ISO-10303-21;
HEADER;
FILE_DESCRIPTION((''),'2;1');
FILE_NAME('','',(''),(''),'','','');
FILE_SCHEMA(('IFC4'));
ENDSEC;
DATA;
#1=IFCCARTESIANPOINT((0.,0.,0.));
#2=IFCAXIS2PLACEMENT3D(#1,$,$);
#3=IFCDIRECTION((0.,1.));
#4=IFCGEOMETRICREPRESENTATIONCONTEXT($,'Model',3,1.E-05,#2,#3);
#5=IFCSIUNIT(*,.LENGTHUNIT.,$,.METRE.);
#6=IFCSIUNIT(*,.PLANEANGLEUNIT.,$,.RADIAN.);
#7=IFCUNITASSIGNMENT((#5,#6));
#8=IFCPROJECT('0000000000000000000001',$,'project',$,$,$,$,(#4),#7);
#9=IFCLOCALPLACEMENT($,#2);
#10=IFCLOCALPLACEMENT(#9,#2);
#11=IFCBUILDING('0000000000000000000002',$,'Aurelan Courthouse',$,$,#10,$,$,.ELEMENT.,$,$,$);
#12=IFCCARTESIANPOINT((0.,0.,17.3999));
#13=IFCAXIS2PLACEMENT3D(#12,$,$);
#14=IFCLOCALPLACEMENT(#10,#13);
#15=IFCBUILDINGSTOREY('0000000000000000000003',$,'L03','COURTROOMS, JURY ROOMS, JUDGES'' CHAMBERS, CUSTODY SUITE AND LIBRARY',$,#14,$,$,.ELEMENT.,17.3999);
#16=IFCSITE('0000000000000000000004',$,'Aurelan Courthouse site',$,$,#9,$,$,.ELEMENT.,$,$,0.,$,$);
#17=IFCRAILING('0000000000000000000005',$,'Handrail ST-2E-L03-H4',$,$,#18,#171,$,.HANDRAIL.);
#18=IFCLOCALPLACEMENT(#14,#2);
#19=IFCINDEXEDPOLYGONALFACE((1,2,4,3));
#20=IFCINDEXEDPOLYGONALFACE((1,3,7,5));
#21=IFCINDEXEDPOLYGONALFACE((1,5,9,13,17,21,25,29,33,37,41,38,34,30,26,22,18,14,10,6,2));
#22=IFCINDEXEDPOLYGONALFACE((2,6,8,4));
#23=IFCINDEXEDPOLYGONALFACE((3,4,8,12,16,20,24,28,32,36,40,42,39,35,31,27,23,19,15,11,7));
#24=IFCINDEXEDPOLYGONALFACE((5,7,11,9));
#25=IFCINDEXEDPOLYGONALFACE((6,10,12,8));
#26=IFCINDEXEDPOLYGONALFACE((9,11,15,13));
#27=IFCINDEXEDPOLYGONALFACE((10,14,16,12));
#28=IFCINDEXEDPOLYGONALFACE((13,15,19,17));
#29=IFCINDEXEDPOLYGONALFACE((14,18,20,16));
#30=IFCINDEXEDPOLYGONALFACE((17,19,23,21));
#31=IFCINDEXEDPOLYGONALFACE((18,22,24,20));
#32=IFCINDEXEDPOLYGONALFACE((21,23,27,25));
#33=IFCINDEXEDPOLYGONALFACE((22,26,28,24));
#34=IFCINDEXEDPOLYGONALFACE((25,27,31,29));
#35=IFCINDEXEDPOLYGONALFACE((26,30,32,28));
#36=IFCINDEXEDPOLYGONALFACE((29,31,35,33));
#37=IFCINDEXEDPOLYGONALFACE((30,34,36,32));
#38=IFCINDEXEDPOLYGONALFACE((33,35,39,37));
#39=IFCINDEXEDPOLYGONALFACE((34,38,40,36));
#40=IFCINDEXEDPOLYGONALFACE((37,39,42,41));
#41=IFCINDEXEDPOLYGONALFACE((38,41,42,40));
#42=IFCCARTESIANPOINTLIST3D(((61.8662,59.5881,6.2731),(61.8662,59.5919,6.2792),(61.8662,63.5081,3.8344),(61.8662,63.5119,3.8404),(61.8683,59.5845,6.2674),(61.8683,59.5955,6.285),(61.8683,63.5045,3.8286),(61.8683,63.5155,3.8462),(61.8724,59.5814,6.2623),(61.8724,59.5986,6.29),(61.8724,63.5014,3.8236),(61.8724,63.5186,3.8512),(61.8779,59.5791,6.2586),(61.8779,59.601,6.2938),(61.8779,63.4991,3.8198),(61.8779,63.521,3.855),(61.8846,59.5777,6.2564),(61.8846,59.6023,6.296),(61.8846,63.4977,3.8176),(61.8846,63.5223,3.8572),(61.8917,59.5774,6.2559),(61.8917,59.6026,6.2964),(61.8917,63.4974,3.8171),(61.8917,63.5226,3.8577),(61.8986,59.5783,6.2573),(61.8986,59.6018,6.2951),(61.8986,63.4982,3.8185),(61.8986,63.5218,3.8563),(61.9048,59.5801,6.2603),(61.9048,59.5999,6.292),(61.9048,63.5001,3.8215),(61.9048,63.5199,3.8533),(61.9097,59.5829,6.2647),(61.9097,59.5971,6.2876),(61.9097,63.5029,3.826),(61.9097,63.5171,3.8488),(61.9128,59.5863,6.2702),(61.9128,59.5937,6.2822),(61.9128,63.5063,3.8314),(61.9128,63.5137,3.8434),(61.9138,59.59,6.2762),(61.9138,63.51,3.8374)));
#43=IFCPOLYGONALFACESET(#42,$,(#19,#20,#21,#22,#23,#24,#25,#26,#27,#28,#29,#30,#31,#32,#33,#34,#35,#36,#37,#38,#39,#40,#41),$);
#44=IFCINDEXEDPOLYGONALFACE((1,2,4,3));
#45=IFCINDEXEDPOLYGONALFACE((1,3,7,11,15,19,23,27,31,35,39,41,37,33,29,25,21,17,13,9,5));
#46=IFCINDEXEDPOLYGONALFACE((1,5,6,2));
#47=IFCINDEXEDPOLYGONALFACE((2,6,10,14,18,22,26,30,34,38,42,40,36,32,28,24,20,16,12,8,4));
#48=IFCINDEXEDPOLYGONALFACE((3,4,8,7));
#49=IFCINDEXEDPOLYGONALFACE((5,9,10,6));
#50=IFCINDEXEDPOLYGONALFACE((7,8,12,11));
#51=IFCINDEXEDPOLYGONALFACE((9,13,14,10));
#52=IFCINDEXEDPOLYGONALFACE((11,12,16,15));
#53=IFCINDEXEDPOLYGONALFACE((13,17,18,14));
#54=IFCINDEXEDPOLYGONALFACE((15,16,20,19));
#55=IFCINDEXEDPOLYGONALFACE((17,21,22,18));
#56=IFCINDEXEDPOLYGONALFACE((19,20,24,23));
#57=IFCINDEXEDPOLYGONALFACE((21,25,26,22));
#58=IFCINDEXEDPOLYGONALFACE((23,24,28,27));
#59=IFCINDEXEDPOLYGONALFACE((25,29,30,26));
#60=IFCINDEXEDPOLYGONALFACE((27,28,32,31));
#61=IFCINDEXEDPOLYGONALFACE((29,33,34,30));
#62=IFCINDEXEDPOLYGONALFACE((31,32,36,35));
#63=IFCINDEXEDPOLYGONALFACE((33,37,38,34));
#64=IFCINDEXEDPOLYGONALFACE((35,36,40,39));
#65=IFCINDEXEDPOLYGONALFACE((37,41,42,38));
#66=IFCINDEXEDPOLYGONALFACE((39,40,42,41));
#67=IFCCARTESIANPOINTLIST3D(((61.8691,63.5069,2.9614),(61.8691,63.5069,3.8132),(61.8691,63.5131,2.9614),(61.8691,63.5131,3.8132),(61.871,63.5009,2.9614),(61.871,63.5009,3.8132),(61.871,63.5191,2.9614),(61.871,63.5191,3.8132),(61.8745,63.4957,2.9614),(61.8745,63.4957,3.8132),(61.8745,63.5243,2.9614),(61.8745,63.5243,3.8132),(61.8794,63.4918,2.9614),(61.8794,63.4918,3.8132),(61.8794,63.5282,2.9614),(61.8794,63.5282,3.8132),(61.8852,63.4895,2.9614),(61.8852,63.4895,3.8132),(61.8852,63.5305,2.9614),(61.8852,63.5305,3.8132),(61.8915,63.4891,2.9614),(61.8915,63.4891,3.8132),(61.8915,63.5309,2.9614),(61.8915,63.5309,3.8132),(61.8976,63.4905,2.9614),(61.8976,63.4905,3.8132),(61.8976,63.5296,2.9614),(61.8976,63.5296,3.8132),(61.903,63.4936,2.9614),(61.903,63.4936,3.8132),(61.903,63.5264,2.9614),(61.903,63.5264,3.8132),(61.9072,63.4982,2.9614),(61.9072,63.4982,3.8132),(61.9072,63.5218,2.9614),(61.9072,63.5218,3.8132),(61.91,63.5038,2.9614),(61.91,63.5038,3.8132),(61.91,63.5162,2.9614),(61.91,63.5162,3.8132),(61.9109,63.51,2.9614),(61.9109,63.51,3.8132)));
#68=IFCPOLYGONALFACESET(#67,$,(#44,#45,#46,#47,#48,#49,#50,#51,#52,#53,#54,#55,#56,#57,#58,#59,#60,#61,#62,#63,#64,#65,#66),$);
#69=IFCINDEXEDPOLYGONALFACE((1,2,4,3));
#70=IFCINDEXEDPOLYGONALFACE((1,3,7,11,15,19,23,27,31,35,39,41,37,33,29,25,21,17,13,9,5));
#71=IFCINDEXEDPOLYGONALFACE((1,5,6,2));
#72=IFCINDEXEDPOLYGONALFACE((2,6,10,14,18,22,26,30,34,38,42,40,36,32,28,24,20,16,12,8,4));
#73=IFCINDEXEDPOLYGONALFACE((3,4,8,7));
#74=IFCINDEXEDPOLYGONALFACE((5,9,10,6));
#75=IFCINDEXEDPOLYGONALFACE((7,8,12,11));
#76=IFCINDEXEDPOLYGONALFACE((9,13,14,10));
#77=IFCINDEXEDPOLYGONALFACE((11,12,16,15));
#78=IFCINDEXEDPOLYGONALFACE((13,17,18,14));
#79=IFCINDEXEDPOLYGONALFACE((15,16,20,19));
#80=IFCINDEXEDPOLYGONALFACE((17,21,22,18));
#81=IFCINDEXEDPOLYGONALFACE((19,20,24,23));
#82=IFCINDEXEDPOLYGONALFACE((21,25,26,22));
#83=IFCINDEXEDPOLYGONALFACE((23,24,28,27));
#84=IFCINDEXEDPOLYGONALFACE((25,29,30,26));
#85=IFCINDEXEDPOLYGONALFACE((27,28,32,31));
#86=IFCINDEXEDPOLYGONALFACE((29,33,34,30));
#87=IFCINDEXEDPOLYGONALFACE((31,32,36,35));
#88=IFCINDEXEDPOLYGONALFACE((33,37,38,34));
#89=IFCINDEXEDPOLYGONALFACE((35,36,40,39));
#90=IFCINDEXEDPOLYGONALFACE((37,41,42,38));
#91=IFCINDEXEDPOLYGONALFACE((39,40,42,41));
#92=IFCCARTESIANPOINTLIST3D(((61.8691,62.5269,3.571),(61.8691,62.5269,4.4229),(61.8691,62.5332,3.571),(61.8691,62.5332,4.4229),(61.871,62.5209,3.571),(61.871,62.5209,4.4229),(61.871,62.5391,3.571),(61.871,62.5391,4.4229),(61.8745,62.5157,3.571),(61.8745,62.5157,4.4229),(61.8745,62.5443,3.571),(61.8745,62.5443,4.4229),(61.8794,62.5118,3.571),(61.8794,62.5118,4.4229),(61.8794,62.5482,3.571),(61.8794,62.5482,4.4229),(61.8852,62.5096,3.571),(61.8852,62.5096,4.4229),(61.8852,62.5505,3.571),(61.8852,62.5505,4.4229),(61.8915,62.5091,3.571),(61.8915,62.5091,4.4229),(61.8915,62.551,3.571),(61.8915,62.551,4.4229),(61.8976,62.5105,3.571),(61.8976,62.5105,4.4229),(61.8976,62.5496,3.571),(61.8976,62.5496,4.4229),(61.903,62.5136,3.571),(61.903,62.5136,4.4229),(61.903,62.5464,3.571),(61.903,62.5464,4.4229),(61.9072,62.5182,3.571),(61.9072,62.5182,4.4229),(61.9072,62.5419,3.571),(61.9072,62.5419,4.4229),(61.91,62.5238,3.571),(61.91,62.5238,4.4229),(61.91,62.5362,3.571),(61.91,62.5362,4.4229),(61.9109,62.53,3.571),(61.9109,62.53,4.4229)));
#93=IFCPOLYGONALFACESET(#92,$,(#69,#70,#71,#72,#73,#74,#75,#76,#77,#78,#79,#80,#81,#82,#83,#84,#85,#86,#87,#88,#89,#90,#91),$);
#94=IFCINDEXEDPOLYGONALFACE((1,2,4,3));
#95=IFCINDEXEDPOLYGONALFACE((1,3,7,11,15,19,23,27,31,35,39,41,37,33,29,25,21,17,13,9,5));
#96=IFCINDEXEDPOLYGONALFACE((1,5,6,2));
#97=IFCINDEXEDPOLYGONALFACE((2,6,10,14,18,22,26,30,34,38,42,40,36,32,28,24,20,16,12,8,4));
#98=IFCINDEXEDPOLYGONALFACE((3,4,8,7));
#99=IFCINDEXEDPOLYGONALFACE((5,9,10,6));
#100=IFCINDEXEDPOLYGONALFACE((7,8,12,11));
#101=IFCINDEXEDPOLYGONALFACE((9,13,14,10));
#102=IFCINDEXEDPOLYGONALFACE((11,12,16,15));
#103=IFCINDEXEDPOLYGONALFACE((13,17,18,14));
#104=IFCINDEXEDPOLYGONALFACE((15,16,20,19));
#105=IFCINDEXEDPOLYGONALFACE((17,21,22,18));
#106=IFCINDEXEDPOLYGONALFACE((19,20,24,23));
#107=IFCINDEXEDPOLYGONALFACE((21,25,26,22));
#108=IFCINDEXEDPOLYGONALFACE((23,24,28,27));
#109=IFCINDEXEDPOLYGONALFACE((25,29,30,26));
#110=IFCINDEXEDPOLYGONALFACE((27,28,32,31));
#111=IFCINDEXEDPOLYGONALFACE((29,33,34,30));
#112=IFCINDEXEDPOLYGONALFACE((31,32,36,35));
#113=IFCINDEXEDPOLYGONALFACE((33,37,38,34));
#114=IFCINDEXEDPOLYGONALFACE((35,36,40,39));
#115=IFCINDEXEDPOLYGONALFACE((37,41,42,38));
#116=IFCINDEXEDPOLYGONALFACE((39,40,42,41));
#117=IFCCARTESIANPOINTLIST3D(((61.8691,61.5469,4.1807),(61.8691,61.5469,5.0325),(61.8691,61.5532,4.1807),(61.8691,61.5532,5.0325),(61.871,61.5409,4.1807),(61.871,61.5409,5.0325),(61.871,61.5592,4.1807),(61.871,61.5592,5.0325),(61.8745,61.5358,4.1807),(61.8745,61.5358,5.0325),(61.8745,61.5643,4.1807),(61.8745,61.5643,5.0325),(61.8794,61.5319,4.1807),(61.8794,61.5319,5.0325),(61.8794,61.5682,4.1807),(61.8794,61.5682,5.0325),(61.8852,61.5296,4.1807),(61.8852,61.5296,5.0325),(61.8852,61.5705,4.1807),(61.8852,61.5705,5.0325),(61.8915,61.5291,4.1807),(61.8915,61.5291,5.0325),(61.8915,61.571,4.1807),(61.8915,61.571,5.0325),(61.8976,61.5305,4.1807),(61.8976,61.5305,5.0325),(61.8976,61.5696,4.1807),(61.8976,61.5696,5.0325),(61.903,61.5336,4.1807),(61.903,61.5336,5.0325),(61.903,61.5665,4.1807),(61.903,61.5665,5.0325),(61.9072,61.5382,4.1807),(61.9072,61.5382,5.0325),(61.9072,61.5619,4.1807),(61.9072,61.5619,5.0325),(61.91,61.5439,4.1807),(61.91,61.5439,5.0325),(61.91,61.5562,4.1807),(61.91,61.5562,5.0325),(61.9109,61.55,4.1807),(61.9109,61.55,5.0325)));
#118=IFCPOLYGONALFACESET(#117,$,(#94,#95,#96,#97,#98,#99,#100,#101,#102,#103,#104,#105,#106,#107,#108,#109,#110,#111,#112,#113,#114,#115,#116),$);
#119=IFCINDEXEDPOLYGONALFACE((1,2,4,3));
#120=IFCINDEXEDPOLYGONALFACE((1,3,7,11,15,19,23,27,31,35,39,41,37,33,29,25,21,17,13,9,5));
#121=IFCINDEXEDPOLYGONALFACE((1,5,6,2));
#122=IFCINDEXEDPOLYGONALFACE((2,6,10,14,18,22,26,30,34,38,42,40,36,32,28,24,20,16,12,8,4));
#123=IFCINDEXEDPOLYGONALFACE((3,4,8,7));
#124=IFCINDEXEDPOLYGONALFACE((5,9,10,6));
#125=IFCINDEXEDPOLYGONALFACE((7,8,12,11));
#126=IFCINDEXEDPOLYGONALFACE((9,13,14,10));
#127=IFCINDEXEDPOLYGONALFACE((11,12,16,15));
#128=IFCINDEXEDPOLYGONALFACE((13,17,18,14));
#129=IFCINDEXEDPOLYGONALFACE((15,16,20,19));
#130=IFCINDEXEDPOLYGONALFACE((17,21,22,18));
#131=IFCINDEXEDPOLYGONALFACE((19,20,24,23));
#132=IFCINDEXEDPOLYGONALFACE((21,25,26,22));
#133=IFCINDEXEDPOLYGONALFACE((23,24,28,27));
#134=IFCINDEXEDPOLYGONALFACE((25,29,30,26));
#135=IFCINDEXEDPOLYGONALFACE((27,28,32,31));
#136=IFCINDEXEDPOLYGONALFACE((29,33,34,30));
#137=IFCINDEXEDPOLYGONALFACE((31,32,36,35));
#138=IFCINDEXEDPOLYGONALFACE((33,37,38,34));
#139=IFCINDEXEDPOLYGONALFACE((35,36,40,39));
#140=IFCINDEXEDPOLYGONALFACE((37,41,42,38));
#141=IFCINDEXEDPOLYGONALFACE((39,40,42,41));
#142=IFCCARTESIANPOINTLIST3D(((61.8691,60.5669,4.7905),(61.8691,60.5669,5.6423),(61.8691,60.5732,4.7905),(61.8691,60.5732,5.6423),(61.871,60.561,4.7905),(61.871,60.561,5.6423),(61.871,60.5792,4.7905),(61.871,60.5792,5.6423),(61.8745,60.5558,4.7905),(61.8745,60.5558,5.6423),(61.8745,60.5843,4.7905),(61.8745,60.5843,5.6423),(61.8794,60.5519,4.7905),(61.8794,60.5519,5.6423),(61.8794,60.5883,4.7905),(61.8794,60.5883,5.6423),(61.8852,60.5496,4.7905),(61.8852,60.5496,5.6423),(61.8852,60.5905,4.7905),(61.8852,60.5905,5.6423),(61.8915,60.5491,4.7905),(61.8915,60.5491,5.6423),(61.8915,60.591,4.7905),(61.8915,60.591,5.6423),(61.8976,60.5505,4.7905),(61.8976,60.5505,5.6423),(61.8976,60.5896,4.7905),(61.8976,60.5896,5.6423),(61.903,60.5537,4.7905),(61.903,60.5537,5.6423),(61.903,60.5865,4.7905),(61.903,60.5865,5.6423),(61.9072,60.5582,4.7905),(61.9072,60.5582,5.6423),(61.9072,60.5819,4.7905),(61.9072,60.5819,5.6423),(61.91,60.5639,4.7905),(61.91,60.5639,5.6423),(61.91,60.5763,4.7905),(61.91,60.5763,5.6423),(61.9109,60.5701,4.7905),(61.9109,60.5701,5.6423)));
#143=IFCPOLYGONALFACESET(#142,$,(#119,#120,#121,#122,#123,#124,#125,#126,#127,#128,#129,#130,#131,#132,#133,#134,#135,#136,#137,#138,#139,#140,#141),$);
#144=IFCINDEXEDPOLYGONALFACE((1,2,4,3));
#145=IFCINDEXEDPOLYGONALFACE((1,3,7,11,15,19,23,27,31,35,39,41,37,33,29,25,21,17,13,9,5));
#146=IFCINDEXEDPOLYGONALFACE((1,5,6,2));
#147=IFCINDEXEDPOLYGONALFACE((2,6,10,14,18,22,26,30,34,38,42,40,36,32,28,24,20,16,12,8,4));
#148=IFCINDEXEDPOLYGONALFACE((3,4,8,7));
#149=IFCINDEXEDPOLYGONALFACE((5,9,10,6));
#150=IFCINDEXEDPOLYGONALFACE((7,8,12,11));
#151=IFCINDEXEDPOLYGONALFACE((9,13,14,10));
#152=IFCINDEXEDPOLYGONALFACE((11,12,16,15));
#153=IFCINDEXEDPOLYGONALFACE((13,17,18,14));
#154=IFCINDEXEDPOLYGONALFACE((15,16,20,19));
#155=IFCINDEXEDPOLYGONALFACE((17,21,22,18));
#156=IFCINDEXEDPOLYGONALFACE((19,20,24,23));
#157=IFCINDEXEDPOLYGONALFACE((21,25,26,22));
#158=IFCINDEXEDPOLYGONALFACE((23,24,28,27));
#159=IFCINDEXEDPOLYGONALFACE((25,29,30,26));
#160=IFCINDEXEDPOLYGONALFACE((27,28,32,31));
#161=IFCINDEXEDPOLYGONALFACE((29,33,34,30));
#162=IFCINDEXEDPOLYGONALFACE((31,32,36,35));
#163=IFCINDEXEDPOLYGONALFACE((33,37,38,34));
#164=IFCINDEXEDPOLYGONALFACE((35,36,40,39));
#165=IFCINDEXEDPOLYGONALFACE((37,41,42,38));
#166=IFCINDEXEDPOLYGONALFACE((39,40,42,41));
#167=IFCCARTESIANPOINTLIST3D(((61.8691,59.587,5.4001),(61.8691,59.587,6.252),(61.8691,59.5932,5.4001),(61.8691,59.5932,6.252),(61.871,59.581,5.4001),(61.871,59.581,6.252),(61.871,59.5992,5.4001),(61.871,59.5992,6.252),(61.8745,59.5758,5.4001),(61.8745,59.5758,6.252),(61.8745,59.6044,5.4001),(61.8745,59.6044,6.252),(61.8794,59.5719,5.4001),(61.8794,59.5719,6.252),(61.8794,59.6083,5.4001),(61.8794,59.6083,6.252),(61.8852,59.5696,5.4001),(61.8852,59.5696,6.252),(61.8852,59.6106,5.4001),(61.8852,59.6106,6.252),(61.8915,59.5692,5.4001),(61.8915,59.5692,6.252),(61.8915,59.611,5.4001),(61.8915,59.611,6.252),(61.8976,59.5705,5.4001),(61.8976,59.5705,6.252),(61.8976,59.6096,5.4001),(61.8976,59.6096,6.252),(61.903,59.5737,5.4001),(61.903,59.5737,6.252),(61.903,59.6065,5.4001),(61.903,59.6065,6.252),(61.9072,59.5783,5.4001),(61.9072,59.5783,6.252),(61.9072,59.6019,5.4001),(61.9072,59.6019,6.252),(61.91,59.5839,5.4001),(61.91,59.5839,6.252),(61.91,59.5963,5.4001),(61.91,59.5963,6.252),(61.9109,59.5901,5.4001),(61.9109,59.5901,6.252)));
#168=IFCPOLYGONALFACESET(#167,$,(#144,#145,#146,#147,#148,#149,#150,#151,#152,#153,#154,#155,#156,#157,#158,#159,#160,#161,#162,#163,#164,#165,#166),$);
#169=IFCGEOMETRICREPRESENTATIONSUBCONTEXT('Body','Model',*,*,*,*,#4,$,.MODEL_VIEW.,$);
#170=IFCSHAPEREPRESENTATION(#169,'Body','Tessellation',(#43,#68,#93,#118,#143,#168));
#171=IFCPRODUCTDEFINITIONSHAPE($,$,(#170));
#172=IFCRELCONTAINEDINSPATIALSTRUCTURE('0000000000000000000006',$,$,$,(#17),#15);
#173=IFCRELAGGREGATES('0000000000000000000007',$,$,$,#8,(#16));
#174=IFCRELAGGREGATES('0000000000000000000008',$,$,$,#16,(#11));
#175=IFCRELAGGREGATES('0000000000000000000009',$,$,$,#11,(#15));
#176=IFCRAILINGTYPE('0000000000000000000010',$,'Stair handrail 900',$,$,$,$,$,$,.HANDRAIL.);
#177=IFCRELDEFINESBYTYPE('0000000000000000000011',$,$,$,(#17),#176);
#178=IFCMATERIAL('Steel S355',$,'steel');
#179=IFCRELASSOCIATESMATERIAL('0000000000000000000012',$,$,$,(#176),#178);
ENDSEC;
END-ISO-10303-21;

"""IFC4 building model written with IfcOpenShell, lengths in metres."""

from ifc_helpers import new_model, si_unit, direction, frame, origin, origin_2d, place, context, subcontext, project, spatial, circle, extrude, material, type_object, element, save


model = new_model("IFC4")

# Units and contexts
model_context = context("Model", 3, precision=1e-05, world=origin(), true_north=direction((0.0, 1.0)))
body_context = subcontext(model_context, "Body", "Model", "MODEL_VIEW")
ifc_project = project(units=[si_unit("LENGTHUNIT", "METRE"), si_unit("PLANEANGLEUNIT", "RADIAN")], contexts=[model_context])

# Site, building, storey
site_placement = place(None, origin())
site = spatial("IfcSite", under=ifc_project, at=site_placement, Name="Aurelan Courthouse site", CompositionType="ELEMENT", RefElevation=0.0)
building_placement = place(site_placement, origin())
building = spatial("IfcBuilding", under=site, at=building_placement, Name="Aurelan Courthouse", CompositionType="ELEMENT")
storey_placement = place(building_placement, frame((0.0, 0.0, 17.3999)))
storey = spatial("IfcBuildingStorey", under=building, at=storey_placement, Name="L03", Description="COURTROOMS, JURY ROOMS, JUDGES' CHAMBERS, CUSTODY SUITE AND LIBRARY", CompositionType="ELEMENT", Elevation=17.3999)

# Railing
ifc_material_1 = material(Name="Steel S355", Category="steel")
railing_type_1 = type_object("IfcRailingType", Name="Stair handrail 900", PredefinedType="HANDRAIL", material=ifc_material_1)
for number, where, name in (
    (1, (61.8899, 63.51, 2.9614), "Handrail ST-2E-L03-H4"),
):
    element("IfcRailing", number, at=place(storey_placement, frame(where)), inside=storey, type_object=railing_type_1, Name=name, PredefinedType="HANDRAIL", context=body_context, shape_type="SweptSolid", body=[
        extrude(circle(Radius=0.0239, at=origin_2d()), frame((0.0, 0.0, 0.876), z_axis=(0.0, -0.84909, 0.528249), x_axis=(1.0, 0.0, 0.0)), (0.0, 0.0, 1.0), 4.6167),
        extrude(circle(Radius=0.021, at=origin_2d()), origin(), (0.0, 0.0, 1.0), 0.8518),
        extrude(circle(Radius=0.021, at=origin_2d()), frame((0.0, -0.98, 0.6096)), (0.0, 0.0, 1.0), 0.8518),
        extrude(circle(Radius=0.021, at=origin_2d()), frame((0.0, -1.96, 1.2192)), (0.0, 0.0, 1.0), 0.8518),
        extrude(circle(Radius=0.021, at=origin_2d()), frame((0.0, -2.9399, 1.8291)), (0.0, 0.0, 1.0), 0.8518),
        extrude(circle(Radius=0.021, at=origin_2d()), frame((0.0, -3.9199, 2.4387)), (0.0, 0.0, 1.0), 0.8518),
    ])

save(model, "model.ifc")
